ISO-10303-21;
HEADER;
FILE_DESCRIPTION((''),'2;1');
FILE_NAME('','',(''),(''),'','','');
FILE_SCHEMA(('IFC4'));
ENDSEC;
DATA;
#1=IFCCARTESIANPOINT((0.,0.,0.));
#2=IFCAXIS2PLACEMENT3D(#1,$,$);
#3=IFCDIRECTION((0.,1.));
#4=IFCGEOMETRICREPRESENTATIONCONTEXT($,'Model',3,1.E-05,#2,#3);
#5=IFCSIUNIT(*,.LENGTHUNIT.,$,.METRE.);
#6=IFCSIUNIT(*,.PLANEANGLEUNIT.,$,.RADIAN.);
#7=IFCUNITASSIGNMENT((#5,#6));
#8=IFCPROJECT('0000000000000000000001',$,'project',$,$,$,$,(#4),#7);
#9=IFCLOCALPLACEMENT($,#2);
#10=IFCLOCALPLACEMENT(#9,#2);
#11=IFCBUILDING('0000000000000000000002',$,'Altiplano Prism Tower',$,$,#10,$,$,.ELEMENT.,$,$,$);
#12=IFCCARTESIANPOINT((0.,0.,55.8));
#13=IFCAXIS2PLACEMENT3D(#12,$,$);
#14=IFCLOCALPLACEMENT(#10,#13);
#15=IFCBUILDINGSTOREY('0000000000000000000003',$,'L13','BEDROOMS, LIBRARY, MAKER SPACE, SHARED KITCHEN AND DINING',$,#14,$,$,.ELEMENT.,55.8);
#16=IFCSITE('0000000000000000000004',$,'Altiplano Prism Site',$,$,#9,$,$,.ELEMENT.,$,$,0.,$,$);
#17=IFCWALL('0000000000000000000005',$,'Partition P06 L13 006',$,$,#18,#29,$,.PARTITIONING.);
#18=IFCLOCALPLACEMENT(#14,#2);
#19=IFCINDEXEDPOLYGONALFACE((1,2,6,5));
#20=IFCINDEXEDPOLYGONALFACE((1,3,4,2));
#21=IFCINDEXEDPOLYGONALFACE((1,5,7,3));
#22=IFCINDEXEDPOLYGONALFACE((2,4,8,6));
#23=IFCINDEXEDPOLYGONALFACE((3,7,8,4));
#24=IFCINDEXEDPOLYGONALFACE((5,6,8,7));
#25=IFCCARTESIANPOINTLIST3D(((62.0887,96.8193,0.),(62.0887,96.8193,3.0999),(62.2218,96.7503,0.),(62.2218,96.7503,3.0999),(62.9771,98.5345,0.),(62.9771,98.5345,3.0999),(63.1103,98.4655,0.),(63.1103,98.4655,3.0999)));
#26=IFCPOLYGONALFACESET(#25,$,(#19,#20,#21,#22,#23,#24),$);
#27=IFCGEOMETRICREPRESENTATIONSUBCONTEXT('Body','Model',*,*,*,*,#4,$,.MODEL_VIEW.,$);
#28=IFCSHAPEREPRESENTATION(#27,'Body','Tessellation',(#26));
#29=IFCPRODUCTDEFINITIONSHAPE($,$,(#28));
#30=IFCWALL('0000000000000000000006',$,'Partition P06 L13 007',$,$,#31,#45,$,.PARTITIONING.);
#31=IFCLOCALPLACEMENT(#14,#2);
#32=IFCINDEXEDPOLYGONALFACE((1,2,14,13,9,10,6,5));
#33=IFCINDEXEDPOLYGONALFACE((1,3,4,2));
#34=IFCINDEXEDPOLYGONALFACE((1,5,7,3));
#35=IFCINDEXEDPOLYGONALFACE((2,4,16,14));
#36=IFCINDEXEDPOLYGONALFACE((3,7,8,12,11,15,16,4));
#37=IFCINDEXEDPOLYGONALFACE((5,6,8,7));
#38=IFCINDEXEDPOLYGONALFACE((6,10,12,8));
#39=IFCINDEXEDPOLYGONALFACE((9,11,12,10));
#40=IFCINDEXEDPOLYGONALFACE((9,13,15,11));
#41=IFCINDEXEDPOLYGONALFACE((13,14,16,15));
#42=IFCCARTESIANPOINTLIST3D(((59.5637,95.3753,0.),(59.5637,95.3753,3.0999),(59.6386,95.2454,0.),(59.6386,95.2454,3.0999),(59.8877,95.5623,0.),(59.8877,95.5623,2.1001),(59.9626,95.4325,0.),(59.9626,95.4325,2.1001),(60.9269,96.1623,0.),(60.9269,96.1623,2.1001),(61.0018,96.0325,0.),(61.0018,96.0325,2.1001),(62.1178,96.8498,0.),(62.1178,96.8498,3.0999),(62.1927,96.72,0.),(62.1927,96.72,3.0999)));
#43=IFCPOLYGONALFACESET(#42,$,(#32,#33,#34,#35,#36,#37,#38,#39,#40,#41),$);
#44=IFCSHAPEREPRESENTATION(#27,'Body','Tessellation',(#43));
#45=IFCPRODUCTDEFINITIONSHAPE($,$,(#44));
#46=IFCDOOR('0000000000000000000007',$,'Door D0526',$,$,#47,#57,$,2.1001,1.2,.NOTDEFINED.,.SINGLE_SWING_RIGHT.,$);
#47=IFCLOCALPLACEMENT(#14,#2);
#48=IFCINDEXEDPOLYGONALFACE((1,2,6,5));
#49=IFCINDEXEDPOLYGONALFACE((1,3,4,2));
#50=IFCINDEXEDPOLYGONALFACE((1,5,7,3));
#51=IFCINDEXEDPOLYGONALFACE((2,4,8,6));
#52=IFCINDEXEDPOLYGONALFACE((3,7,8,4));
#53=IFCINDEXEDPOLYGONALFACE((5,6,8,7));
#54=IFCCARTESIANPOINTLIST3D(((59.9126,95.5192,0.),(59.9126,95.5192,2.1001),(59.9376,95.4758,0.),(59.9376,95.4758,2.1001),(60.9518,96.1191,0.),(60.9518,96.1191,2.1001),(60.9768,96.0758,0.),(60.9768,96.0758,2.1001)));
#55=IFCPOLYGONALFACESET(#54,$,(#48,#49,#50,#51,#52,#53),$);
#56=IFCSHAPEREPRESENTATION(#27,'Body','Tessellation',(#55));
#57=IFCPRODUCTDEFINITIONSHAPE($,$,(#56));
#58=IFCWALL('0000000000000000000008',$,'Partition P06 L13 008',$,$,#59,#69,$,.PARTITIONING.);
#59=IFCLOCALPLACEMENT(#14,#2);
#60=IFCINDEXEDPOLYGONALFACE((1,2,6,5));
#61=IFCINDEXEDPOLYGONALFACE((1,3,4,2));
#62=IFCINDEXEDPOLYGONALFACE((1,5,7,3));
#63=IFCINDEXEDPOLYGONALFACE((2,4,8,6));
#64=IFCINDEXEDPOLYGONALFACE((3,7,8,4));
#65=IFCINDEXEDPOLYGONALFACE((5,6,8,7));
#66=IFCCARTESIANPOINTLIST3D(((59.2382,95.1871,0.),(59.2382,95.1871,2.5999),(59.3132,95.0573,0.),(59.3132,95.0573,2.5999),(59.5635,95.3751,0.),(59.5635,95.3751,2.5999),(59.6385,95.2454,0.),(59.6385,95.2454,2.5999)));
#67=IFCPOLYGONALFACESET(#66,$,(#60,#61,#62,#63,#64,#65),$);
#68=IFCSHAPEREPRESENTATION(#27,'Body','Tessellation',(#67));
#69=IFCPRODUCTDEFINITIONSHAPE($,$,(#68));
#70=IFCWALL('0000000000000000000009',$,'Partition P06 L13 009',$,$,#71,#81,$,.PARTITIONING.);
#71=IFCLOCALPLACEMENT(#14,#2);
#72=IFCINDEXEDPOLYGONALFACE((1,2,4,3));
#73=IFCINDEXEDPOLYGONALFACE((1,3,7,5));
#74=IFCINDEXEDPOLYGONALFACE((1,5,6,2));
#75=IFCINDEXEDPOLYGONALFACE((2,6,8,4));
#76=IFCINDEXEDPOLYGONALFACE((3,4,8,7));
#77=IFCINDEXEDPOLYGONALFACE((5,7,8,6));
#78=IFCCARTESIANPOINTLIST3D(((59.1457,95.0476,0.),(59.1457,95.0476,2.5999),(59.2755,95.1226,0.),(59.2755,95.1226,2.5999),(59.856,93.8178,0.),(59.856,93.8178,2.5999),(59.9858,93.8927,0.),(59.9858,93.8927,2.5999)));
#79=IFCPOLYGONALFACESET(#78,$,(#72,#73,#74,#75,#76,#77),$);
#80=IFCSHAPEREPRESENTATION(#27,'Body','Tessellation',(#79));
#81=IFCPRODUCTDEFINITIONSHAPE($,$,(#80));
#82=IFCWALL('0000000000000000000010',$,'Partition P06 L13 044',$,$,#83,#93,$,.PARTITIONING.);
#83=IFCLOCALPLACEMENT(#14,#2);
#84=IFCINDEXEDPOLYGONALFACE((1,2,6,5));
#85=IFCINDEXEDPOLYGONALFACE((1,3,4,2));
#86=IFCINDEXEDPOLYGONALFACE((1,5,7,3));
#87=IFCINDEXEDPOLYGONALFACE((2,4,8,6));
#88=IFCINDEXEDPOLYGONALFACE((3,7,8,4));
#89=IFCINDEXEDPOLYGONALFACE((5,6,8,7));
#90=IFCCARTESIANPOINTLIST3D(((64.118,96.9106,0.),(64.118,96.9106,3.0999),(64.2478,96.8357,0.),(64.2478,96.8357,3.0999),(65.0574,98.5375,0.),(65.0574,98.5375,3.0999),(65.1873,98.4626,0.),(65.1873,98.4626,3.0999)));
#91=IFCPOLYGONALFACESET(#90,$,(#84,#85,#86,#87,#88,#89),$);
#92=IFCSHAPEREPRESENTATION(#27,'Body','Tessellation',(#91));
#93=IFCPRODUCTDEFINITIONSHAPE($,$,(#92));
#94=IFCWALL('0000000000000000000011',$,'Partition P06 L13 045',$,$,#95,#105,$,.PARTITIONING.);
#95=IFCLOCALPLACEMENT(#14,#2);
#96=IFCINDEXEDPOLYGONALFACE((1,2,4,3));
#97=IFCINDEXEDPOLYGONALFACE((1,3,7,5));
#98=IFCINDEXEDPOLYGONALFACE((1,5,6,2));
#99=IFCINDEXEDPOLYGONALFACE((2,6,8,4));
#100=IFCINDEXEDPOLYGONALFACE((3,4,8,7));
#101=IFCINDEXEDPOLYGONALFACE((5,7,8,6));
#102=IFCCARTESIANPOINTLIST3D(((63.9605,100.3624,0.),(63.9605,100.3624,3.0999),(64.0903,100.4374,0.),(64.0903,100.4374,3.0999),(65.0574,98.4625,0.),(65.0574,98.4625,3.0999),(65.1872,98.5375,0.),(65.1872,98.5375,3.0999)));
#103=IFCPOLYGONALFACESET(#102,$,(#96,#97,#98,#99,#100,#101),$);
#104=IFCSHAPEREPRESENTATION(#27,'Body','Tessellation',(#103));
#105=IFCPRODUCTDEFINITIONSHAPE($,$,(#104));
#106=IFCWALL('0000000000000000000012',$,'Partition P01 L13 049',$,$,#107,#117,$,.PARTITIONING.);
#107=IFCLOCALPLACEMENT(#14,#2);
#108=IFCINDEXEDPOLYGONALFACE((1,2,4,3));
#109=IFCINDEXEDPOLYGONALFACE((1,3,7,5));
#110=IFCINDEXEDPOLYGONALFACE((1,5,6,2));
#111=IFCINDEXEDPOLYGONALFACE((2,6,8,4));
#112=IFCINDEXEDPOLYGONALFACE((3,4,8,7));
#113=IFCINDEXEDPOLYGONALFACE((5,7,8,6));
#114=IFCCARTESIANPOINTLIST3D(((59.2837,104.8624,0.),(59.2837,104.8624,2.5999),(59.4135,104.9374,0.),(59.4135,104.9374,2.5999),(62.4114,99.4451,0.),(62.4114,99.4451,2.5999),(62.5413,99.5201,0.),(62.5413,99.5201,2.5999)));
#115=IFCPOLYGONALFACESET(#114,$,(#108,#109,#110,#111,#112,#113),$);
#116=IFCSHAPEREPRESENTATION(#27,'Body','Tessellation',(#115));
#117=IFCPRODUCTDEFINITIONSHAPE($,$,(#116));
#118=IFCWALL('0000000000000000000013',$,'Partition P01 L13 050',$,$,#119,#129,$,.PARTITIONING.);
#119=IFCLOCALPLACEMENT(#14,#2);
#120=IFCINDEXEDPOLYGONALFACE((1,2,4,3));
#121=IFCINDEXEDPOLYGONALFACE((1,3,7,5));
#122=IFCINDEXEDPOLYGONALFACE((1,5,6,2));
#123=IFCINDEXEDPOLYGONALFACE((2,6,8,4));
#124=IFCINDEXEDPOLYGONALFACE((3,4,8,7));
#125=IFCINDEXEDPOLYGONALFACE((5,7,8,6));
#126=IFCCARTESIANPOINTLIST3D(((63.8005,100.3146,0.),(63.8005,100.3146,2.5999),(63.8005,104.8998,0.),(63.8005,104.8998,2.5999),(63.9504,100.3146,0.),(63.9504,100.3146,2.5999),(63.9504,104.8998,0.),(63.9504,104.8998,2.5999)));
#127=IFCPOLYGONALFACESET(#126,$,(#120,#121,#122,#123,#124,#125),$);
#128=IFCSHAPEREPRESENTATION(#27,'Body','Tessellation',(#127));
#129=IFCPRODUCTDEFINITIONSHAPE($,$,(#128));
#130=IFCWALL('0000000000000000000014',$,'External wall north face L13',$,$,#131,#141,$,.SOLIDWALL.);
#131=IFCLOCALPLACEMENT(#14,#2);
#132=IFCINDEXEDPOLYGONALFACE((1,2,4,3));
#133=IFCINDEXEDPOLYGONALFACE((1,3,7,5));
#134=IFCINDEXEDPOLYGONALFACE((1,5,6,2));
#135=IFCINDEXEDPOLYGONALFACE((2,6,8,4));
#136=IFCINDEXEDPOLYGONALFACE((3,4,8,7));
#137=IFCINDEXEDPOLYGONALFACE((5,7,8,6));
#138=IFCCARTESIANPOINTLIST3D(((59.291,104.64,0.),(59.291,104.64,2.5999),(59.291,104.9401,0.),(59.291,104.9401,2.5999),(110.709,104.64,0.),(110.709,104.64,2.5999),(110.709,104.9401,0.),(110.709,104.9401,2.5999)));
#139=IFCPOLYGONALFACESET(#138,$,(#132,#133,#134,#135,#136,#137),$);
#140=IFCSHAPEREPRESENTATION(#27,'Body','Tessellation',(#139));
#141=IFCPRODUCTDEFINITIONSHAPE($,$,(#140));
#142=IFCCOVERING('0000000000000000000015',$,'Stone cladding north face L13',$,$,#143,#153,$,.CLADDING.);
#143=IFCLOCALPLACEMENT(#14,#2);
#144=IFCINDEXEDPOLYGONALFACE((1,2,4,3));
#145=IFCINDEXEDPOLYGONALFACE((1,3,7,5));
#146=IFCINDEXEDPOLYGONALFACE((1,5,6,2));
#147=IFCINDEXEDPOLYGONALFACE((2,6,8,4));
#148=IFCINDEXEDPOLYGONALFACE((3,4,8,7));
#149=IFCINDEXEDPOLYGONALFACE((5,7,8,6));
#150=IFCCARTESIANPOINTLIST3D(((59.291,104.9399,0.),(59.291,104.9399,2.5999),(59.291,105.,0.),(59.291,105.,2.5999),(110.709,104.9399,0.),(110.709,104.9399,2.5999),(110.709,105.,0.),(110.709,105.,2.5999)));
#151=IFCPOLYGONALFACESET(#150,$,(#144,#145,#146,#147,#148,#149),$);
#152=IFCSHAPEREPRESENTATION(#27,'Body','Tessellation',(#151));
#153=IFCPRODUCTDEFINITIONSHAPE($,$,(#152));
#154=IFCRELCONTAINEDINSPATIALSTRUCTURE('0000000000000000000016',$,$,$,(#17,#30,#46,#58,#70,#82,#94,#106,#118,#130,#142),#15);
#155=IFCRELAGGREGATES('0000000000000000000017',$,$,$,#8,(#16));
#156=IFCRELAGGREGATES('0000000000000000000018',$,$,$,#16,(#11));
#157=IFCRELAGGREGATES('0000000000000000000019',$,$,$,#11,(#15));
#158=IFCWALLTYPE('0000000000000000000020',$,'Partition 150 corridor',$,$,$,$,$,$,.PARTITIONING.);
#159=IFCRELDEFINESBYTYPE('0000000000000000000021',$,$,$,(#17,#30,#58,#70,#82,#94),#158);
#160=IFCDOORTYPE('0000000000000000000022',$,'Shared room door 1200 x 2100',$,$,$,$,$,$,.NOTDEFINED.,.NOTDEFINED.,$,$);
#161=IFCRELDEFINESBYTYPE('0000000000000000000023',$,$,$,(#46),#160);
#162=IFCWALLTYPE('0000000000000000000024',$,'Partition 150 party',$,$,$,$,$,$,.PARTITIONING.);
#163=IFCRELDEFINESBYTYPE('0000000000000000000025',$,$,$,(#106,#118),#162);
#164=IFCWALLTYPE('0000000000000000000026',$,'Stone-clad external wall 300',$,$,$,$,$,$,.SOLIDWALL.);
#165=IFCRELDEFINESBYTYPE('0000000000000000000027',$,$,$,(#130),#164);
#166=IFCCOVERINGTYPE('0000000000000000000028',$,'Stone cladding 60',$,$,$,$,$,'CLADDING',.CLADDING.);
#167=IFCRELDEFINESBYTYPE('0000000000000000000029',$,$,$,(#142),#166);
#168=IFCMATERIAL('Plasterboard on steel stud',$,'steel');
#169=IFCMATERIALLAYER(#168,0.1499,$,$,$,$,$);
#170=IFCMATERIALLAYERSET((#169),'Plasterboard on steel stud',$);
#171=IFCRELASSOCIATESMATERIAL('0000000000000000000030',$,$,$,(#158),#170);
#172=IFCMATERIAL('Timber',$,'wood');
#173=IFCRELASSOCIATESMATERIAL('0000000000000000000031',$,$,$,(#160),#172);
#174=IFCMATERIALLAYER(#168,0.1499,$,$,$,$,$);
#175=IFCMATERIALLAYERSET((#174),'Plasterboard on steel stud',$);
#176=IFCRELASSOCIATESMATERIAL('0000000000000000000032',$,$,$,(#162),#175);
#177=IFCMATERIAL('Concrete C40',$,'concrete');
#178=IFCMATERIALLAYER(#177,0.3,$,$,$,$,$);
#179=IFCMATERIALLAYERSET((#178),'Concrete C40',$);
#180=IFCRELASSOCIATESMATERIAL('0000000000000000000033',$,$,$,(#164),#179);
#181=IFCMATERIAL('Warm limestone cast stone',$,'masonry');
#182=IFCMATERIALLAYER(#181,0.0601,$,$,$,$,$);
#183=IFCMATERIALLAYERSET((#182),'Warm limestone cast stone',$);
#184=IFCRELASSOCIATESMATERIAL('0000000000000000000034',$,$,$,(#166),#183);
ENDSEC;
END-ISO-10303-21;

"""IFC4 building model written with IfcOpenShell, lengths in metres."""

from ifc_helpers import new_model, si_unit, direction, frame, frame_2d, origin, place, context, subcontext, project, spatial, rectangle, extrude, material, layer, layer_set, type_object, element, fill, save


model = new_model("IFC4")

# Units and contexts
model_context = context("Model", 3, precision=1e-05, world=origin(), true_north=direction((0.0, 1.0)))
body_context = subcontext(model_context, "Body", "Model", "MODEL_VIEW")
ifc_project = project(units=[si_unit("LENGTHUNIT", "METRE"), si_unit("PLANEANGLEUNIT", "RADIAN")], contexts=[model_context])

# Site, building, storey
site_placement = place(None, origin())
site = spatial("IfcSite", under=ifc_project, at=site_placement, Name="Altiplano Prism Site", CompositionType="ELEMENT", RefElevation=0.0)
building_placement = place(site_placement, origin())
building = spatial("IfcBuilding", under=site, at=building_placement, Name="Altiplano Prism Tower", CompositionType="ELEMENT")
storey_placement = place(building_placement, frame((0.0, 0.0, 55.8)))
storey = spatial("IfcBuildingStorey", under=building, at=storey_placement, Name="L13", Description="BEDROOMS, LIBRARY, MAKER SPACE, SHARED KITCHEN AND DINING", CompositionType="ELEMENT", Elevation=55.8)

# Shared definitions
ifc_material_1 = material(Name="Plasterboard on steel stud", Category="steel")
ifc_layer_1 = layer(ifc_material_1, 0.1499)
ifc_layer_set_1 = layer_set([ifc_layer_1], Name="Plasterboard on steel stud")
wall_type_1 = type_object("IfcWallType", Name="Partition 150 corridor", PredefinedType="PARTITIONING", material=ifc_layer_set_1)
ifc_material_2 = material(Name="Timber", Category="wood")

# Wall
wall_1_placement = place(storey_placement, frame((63.0437, 98.5, 0.0), z_axis=(0.0, 0.0, 1.0), x_axis=(-0.459959, -0.88794, 0.0)))
element("IfcWall", 1, at=wall_1_placement, inside=storey, type_object=wall_type_1, Name="Partition P06 L13 006", PredefinedType="PARTITIONING", context=body_context, shape_type="SweptSolid", body=[
    extrude(rectangle(XDim=1.9316, YDim=0.1499, at=frame_2d((0.9658, 0.0))), origin(), (0.0, 0.0, 1.0), 3.0999),
])

# Wall, opening, door
wall_2_placement = place(storey_placement, frame((62.1553, 96.7849, 0.0), z_axis=(0.0, 0.0, 1.0), x_axis=(-0.866034, -0.499985, 0.0)))
wall_2 = element("IfcWall", 2, at=wall_2_placement, inside=storey, type_object=wall_type_1, Name="Partition P06 L13 007", PredefinedType="PARTITIONING", context=body_context, shape_type="SweptSolid", body=[
    extrude(rectangle(XDim=2.9492, YDim=0.1499, at=frame_2d((1.4746, 0.0))), origin(), (0.0, 0.0, 1.0), 3.0999),
])
opening_1_placement = place(wall_2_placement, frame((1.375, 0.0, 0.0)))
opening_1 = element("IfcOpeningElement", 3, at=opening_1_placement, cuts=wall_2, PredefinedType="OPENING", context=body_context, shape_type="SweptSolid", body=[
    extrude(rectangle(XDim=1.2, YDim=2.1001, at=frame_2d((0.6001, 1.05))), frame((0.0, 0.0854, 0.0), z_axis=(0.0, -1.0, 0.0), x_axis=(1.0, 0.0, 0.0)), (0.0, 0.0, 1.0), 0.1709),
])
door_type_1 = type_object("IfcDoorType", Name="Shared room door 1200 x 2100", OperationType="NOTDEFINED", PredefinedType="NOTDEFINED", material=ifc_material_2)
door_1_placement = place(opening_1_placement, origin())
door_1 = element("IfcDoor", 4, at=door_1_placement, inside=storey, type_object=door_type_1, Name="Door D0526", OperationType="SINGLE_SWING_RIGHT", OverallHeight=2.1001, OverallWidth=1.2, PredefinedType="NOTDEFINED", context=body_context, shape_type="SweptSolid", body=[
    extrude(rectangle(XDim=1.2, YDim=2.1001, at=frame_2d((0.6001, 1.05))), frame((0.0, 0.0249, 0.0), z_axis=(0.0, -1.0, 0.0), x_axis=(1.0, 0.0, 0.0)), (0.0, 0.0, 1.0), 0.05),
])
fill(opening_1, door_1)

# Walls
wall_3_placement = place(storey_placement, frame((59.6011, 95.3103, 0.0), z_axis=(0.0, 0.0, 1.0), x_axis=(-0.865752, -0.500473, 0.0)))
element("IfcWall", 5, at=wall_3_placement, inside=storey, type_object=wall_type_1, Name="Partition P06 L13 008", PredefinedType="PARTITIONING", context=body_context, shape_type="SweptSolid", body=[
    extrude(rectangle(XDim=0.3757, YDim=0.1499, at=frame_2d((0.188, 0.0))), origin(), (0.0, 0.0, 1.0), 2.5999),
])
wall_4_placement = place(storey_placement, frame((59.2107, 95.085, 0.0), z_axis=(0.0, 0.0, 1.0), x_axis=(0.500114, -0.865959, 0.0)))
element("IfcWall", 6, at=wall_4_placement, inside=storey, type_object=wall_type_1, Name="Partition P06 L13 009", PredefinedType="PARTITIONING", context=body_context, shape_type="SweptSolid", body=[
    extrude(rectangle(XDim=1.4202, YDim=0.1499, at=frame_2d((0.71, 0.0))), origin(), (0.0, 0.0, 1.0), 2.5999),
])
wall_5_placement = place(storey_placement, frame((64.1829, 96.873, 0.0), z_axis=(0.0, 0.0, 1.0), x_axis=(0.500052, 0.865995, 0.0)))
element("IfcWall", 7, at=wall_5_placement, inside=storey, type_object=wall_type_1, Name="Partition P06 L13 044", PredefinedType="PARTITIONING", context=body_context, shape_type="SweptSolid", body=[
    extrude(rectangle(XDim=1.8787, YDim=0.1499, at=frame_2d((0.9395, 0.0))), origin(), (0.0, 0.0, 1.0), 3.0999),
])
wall_6_placement = place(storey_placement, frame((65.1223, 98.5, 0.0), z_axis=(0.0, 0.0, 1.0), x_axis=(-0.500005, 0.866023, 0.0)))
element("IfcWall", 8, at=wall_6_placement, inside=storey, type_object=wall_type_1, Name="Partition P06 L13 045", PredefinedType="PARTITIONING", context=body_context, shape_type="SweptSolid", body=[
    extrude(rectangle(XDim=2.1938, YDim=0.1499, at=frame_2d((1.0969, 0.0))), origin(), (0.0, 0.0, 1.0), 3.0999),
])
ifc_layer_2 = layer(ifc_material_1, 0.1499)
ifc_layer_set_2 = layer_set([ifc_layer_2], Name="Plasterboard on steel stud")
wall_type_2 = type_object("IfcWallType", Name="Partition 150 party", PredefinedType="PARTITIONING", material=ifc_layer_set_2)
wall_7_placement = place(storey_placement, frame((59.3486, 104.8999, 0.0), z_axis=(0.0, 0.0, 1.0), x_axis=(0.500005, -0.866022, 0.0)))
element("IfcWall", 9, at=wall_7_placement, inside=storey, type_object=wall_type_2, Name="Partition P01 L13 049", PredefinedType="PARTITIONING", context=body_context, shape_type="SweptSolid", body=[
    extrude(rectangle(XDim=6.2554, YDim=0.1499, at=frame_2d((3.1277, 0.0))), origin(), (0.0, 0.0, 1.0), 2.5999),
])
wall_8_placement = place(storey_placement, frame((63.8755, 100.3147, 0.0), z_axis=(0.0, 0.0, 1.0), x_axis=(0.0, 1.0, 0.0)))
element("IfcWall", 10, at=wall_8_placement, inside=storey, type_object=wall_type_2, Name="Partition P01 L13 050", PredefinedType="PARTITIONING", context=body_context, shape_type="SweptSolid", body=[
    extrude(rectangle(XDim=4.5852, YDim=0.1499, at=frame_2d((2.2925, 0.0))), origin(), (0.0, 0.0, 1.0), 2.5999),
])
ifc_material_3 = material(Name="Concrete C40", Category="concrete")
ifc_layer_3 = layer(ifc_material_3, 0.3)
ifc_layer_set_3 = layer_set([ifc_layer_3], Name="Concrete C40")
wall_type_3 = type_object("IfcWallType", Name="Stone-clad external wall 300", PredefinedType="SOLIDWALL", material=ifc_layer_set_3)
wall_9_placement = place(storey_placement, frame((59.291, 104.79, 0.0), z_axis=(0.0, 0.0, 1.0), x_axis=(1.0, 0.0, 0.0)))
element("IfcWall", 11, at=wall_9_placement, inside=storey, type_object=wall_type_3, Name="External wall north face L13", PredefinedType="SOLIDWALL", context=body_context, shape_type="SweptSolid", body=[
    extrude(rectangle(XDim=51.418, YDim=0.3, at=frame_2d((25.709, 0.0))), origin(), (0.0, 0.0, 1.0), 2.5999),
])

# Covering
ifc_material_4 = material(Name="Warm limestone cast stone", Category="masonry")
ifc_layer_4 = layer(ifc_material_4, 0.0601)
ifc_layer_set_4 = layer_set([ifc_layer_4], Name="Warm limestone cast stone")
covering_type = type_object("IfcCoveringType", Name="Stone cladding 60", ElementType="CLADDING", PredefinedType="CLADDING", material=ifc_layer_set_4)
covering_placement = place(storey_placement, frame((59.291, 104.97, 0.0), z_axis=(0.0, 0.0, 1.0), x_axis=(1.0, 0.0, 0.0)))
element("IfcCovering", 12, at=covering_placement, inside=storey, type_object=covering_type, Name="Stone cladding north face L13", PredefinedType="CLADDING", context=body_context, shape_type="SweptSolid", body=[
    extrude(rectangle(XDim=51.418, YDim=0.0601, at=frame_2d((25.709, 0.0))), origin(), (0.0, 0.0, 1.0), 2.5999),
])

save(model, "model.ifc")
